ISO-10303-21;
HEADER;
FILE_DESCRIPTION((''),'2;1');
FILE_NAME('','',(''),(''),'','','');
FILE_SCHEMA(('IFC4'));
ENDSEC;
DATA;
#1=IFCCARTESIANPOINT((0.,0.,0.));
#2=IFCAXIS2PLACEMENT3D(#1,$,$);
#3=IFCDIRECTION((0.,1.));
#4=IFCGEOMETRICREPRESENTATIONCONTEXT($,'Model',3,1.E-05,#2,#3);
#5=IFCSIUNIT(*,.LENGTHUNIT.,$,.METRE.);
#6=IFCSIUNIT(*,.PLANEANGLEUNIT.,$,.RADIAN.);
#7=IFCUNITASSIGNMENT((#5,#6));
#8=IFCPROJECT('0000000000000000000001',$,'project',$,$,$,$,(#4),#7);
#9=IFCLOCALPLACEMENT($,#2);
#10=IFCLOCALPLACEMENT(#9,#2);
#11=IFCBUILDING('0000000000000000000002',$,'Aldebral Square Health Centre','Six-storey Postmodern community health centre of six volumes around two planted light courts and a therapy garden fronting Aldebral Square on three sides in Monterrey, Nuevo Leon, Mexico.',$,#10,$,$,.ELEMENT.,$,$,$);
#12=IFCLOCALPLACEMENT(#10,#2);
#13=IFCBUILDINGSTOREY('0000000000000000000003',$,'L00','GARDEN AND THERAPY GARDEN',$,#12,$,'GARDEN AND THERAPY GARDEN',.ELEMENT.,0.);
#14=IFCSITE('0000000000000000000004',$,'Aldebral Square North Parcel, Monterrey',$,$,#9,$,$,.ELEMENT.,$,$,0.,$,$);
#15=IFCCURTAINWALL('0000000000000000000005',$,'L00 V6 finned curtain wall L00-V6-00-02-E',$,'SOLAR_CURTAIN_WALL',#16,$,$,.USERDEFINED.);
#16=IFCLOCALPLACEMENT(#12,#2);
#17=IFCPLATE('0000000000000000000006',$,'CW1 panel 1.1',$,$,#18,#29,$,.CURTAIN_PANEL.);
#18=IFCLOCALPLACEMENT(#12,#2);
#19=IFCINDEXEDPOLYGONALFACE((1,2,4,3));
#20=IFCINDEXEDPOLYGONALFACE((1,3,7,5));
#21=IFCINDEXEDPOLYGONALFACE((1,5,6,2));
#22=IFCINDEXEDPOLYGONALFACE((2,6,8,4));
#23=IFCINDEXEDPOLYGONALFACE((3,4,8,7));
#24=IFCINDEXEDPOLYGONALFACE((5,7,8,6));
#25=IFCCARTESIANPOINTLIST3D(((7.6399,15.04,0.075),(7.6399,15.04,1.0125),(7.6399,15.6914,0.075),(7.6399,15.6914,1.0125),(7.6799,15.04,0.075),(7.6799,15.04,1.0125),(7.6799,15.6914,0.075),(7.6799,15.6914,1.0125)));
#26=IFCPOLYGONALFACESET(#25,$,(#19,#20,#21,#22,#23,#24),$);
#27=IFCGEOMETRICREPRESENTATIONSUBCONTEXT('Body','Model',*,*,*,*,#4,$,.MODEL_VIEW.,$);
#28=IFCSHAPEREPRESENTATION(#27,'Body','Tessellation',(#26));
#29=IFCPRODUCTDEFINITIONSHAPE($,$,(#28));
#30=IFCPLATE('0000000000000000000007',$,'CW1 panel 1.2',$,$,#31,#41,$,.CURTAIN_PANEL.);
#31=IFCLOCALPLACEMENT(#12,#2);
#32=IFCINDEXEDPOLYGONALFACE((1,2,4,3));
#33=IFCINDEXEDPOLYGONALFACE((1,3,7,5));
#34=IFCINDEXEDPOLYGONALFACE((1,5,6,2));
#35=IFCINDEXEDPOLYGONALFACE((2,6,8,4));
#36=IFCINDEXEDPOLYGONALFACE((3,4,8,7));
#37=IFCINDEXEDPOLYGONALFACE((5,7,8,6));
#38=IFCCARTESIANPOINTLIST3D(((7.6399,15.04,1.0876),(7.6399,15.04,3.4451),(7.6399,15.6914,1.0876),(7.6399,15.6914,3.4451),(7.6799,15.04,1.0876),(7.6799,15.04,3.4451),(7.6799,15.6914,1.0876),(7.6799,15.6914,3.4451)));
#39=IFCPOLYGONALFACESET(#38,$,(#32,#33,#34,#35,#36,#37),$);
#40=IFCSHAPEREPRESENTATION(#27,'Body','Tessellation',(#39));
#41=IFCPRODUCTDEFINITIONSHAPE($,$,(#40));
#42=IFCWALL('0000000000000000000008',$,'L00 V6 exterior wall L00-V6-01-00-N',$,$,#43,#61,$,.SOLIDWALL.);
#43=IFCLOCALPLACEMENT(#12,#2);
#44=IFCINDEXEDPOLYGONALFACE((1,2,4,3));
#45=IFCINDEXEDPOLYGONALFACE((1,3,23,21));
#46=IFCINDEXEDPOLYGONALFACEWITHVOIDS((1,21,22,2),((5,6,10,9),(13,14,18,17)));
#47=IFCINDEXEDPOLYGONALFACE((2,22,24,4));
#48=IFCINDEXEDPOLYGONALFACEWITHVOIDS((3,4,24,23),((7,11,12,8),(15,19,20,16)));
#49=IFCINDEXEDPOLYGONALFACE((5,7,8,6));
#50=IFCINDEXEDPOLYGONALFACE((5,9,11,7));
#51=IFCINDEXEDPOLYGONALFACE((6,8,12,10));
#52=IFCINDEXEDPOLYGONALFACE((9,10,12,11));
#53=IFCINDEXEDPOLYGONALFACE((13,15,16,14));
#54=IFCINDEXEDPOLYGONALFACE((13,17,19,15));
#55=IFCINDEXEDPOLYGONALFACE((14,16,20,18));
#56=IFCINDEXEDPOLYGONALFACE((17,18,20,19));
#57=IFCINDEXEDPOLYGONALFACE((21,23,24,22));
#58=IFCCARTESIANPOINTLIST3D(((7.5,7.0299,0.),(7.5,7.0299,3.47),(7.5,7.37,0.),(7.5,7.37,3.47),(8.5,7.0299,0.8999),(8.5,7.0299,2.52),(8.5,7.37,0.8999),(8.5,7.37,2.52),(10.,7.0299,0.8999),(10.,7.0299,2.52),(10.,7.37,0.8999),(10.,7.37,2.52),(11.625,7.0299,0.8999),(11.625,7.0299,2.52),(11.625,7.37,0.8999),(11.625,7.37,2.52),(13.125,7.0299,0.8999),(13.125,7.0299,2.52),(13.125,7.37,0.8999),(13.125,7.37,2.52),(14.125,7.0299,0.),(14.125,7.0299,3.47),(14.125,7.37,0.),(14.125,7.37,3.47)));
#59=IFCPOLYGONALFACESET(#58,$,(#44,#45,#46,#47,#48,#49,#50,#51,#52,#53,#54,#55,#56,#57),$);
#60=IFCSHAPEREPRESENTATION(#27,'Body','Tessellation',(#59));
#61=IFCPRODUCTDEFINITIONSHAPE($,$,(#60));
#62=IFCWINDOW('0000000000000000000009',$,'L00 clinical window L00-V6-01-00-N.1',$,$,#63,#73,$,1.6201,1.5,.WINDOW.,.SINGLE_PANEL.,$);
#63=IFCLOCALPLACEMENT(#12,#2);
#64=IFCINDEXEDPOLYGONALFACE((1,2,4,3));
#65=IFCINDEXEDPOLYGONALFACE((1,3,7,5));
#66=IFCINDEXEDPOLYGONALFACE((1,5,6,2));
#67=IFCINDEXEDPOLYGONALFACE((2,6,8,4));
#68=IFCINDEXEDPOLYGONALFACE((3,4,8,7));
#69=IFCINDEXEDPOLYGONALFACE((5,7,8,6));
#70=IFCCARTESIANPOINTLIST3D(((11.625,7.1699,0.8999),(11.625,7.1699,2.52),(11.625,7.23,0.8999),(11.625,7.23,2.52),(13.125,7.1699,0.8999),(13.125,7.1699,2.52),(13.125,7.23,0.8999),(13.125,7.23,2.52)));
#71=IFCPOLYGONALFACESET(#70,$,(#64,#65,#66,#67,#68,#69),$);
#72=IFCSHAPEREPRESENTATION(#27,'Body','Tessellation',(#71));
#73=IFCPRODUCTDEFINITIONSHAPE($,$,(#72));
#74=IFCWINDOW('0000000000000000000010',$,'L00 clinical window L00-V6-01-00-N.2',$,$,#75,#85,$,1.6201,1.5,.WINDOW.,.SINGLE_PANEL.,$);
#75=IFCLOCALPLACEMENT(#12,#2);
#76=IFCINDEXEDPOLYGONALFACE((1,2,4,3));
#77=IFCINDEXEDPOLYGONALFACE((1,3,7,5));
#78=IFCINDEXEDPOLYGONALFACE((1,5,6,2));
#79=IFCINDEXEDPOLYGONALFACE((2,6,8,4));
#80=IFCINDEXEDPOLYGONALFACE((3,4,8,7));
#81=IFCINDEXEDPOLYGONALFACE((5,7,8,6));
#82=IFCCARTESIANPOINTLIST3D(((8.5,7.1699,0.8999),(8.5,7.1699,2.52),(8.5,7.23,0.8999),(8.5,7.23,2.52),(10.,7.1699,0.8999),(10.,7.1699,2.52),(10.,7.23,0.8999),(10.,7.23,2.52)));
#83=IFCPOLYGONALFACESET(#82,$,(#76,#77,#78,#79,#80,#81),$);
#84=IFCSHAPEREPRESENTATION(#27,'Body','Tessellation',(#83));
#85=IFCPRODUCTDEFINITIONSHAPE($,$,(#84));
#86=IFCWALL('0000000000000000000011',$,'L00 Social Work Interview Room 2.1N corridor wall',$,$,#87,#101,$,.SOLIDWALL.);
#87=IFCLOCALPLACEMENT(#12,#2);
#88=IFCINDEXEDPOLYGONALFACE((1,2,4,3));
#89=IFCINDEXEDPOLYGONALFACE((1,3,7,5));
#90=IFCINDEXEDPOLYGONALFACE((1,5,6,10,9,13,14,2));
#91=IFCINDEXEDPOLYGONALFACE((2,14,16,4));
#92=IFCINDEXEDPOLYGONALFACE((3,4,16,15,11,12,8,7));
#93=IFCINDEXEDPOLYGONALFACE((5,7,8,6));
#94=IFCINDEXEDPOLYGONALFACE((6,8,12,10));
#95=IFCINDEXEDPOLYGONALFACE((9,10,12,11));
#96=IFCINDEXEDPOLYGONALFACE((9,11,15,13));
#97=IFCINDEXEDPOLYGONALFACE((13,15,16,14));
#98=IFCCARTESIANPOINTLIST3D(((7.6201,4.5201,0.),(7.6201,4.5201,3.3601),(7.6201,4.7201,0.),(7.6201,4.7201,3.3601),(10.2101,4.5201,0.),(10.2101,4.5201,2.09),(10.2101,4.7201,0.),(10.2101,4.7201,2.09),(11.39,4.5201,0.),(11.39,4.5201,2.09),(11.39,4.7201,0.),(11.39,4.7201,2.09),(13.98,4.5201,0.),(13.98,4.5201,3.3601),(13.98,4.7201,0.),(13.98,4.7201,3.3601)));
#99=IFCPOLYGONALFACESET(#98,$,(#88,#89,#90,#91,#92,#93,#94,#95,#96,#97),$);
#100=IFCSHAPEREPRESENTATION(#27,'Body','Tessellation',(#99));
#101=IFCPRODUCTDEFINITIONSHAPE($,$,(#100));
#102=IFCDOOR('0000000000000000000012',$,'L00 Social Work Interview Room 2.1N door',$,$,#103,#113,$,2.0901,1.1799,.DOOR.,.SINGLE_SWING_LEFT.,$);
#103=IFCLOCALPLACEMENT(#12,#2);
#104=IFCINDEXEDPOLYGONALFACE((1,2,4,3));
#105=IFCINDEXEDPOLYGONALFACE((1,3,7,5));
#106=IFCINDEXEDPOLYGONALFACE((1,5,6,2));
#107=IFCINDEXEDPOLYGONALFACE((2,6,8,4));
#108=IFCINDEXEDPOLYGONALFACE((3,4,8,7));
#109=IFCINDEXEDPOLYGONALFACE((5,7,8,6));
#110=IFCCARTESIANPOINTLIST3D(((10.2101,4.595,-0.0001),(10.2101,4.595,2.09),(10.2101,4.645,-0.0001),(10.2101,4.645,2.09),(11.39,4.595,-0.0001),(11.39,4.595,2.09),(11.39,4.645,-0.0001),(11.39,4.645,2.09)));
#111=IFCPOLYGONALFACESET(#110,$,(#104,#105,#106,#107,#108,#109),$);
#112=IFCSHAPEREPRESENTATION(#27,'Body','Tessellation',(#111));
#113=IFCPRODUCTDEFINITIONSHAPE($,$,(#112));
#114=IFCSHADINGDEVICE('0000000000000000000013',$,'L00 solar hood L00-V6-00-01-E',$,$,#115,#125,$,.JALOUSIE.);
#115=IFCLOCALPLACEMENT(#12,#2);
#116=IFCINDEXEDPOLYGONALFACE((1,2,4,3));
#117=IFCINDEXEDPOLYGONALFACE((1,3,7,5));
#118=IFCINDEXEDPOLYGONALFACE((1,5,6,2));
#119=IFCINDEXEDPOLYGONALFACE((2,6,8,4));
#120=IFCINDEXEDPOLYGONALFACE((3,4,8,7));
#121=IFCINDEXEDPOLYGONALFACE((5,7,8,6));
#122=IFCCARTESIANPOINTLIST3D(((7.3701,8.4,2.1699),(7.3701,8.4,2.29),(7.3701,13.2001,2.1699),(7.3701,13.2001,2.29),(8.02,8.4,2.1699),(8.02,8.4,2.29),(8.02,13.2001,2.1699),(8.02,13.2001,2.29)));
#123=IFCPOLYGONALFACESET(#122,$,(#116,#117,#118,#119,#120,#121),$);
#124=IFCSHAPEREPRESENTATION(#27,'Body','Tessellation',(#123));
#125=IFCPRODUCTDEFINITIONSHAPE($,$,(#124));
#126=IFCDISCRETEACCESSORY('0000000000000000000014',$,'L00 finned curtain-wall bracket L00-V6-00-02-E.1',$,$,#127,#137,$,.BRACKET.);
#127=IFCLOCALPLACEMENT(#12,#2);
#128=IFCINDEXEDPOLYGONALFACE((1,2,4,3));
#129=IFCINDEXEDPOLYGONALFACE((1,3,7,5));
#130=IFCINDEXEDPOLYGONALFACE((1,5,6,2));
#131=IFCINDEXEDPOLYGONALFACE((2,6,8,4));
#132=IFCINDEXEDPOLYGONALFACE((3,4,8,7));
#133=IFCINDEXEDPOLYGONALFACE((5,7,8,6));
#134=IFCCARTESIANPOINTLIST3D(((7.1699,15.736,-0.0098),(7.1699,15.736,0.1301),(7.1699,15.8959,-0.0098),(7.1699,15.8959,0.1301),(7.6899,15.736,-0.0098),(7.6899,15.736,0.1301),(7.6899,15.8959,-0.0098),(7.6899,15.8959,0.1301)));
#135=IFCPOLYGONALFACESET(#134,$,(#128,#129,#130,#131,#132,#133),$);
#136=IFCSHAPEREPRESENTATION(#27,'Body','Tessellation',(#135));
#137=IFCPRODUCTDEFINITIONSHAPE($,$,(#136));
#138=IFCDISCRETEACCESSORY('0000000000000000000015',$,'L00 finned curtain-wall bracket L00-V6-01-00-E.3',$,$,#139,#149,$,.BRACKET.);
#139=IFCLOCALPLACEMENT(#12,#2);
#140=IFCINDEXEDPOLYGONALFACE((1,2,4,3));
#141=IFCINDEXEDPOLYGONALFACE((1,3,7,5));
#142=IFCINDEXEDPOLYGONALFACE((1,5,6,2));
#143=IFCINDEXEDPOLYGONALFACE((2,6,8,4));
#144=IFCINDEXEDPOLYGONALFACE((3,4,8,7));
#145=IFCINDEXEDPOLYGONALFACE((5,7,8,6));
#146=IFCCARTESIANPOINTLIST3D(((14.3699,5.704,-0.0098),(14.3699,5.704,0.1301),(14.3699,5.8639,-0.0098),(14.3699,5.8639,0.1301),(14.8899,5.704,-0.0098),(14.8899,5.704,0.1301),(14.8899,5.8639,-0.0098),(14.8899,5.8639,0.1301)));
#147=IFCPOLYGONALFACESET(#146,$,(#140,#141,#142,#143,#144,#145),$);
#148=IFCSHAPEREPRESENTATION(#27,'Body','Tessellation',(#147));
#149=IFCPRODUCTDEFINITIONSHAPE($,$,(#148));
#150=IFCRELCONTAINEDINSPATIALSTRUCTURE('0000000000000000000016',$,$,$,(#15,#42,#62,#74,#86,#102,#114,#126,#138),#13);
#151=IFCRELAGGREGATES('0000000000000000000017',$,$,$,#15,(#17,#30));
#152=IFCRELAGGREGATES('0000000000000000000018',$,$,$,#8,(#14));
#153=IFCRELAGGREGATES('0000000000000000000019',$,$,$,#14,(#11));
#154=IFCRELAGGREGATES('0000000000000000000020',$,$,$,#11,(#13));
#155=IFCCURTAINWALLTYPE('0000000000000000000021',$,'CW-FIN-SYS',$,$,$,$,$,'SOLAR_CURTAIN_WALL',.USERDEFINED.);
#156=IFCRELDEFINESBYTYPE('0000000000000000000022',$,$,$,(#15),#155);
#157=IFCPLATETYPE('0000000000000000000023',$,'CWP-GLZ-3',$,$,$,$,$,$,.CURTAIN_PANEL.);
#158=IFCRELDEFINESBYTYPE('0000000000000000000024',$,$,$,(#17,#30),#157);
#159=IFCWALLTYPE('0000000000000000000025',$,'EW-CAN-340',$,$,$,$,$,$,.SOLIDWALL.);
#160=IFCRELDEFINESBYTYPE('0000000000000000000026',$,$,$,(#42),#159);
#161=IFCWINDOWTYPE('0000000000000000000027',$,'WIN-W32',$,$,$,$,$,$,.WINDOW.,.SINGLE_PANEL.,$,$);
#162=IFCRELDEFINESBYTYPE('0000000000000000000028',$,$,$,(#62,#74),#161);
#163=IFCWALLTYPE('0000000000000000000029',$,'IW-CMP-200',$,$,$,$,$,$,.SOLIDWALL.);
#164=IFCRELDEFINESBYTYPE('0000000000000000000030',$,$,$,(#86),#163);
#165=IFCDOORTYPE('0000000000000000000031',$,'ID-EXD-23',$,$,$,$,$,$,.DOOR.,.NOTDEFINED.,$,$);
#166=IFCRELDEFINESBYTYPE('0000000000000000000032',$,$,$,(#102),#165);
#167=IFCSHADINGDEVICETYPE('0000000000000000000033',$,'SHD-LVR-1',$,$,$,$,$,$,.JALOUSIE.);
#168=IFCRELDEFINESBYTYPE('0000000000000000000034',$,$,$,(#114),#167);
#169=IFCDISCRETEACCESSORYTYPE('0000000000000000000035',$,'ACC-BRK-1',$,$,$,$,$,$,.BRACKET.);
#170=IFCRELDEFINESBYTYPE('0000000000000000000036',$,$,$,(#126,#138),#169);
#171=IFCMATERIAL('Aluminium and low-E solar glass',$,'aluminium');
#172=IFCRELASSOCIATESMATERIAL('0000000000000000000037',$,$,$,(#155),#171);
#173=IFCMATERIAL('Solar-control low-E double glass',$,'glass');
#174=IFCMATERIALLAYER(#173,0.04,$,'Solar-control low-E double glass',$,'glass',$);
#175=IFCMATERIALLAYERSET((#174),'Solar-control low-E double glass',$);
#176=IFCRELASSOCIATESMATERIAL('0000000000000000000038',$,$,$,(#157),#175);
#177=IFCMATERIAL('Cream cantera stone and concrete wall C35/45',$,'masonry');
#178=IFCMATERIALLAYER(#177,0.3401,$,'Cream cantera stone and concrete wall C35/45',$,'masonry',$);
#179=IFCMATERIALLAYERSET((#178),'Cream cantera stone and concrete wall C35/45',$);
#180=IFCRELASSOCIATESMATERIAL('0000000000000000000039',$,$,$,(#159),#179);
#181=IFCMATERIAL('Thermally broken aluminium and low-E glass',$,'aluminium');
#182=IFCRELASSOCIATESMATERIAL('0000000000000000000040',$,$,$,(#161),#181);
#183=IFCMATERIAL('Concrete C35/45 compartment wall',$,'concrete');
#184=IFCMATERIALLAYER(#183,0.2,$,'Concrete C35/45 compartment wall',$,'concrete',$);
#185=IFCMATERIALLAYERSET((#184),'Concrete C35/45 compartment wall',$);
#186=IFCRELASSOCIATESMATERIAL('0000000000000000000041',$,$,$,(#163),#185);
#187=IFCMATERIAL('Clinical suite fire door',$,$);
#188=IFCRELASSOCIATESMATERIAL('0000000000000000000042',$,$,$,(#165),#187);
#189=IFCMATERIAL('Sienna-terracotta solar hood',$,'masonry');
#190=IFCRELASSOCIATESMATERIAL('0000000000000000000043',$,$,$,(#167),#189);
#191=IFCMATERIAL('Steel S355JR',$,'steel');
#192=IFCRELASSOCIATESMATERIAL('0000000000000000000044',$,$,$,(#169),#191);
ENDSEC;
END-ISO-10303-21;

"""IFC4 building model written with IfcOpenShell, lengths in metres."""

from ifc_helpers import new_model, si_unit, direction, frame, frame_2d, origin, origin_2d, place, context, subcontext, project, spatial, rectangle, extrude, material, layer, layer_set, type_object, element, fill, aggregate, save


model = new_model("IFC4")

# Units and contexts
model_context = context("Model", 3, precision=1e-05, world=origin(), true_north=direction((0.0, 1.0)))
body_context = subcontext(model_context, "Body", "Model", "MODEL_VIEW")
ifc_project = project(units=[si_unit("LENGTHUNIT", "METRE"), si_unit("PLANEANGLEUNIT", "RADIAN")], contexts=[model_context])

# Site, building, storey
site_placement = place(None, origin())
site = spatial("IfcSite", under=ifc_project, at=site_placement, Name="Aldebral Square North Parcel, Monterrey", CompositionType="ELEMENT", RefElevation=0.0)
building_placement = place(site_placement, origin())
building = spatial("IfcBuilding", under=site, at=building_placement, Name="Aldebral Square Health Centre", Description="Six-storey Postmodern community health centre of six volumes around two planted light courts and a therapy garden fronting Aldebral Square on three sides in Monterrey, Nuevo Leon, Mexico.", CompositionType="ELEMENT")
storey_placement = place(building_placement, origin())
storey = spatial("IfcBuildingStorey", under=building, at=storey_placement, Name="L00", Description="GARDEN AND THERAPY GARDEN", LongName="GARDEN AND THERAPY GARDEN", CompositionType="ELEMENT", Elevation=0.0)

# Curtain wall
ifc_material_1 = material(Name="Aluminium and low-E solar glass", Category="aluminium")
curtain_wall_type = type_object("IfcCurtainWallType", Name="CW-FIN-SYS", ElementType="SOLAR_CURTAIN_WALL", PredefinedType="USERDEFINED", material=ifc_material_1)
curtain_wall_1_placement = place(storey_placement, origin())
curtain_wall_1 = element("IfcCurtainWall", 1, at=curtain_wall_1_placement, inside=storey, type_object=curtain_wall_type, Name="L00 V6 finned curtain wall L00-V6-00-02-E", ObjectType="SOLAR_CURTAIN_WALL", PredefinedType="USERDEFINED")

# Plates
ifc_material_2 = material(Name="Solar-control low-E double glass", Category="glass")
ifc_layer_1 = layer(ifc_material_2, 0.04, Name="Solar-control low-E double glass", Category="glass")
ifc_layer_set_1 = layer_set([ifc_layer_1], Name="Solar-control low-E double glass")
plate_type = type_object("IfcPlateType", Name="CWP-GLZ-3", PredefinedType="CURTAIN_PANEL", material=ifc_layer_set_1)
plate_1_placement = place(storey_placement, frame((7.6599, 15.3657, 0.075), z_axis=(0.0, 0.0, 1.0), x_axis=(0.0, 1.0, 0.0)))
plate_1 = element("IfcPlate", 2, at=plate_1_placement, type_object=plate_type, Name="CW1 panel 1.1", PredefinedType="CURTAIN_PANEL", context=body_context, shape_type="SweptSolid", body=[
    extrude(rectangle(XDim=0.6514, YDim=0.04, at=origin_2d()), origin(), (0.0, 0.0, 1.0), 0.9375),
])
plate_2_placement = place(storey_placement, frame((7.6599, 15.3657, 1.0876), z_axis=(0.0, 0.0, 1.0), x_axis=(0.0, 1.0, 0.0)))
plate_2 = element("IfcPlate", 3, at=plate_2_placement, type_object=plate_type, Name="CW1 panel 1.2", PredefinedType="CURTAIN_PANEL", context=body_context, shape_type="SweptSolid", body=[
    extrude(rectangle(XDim=0.6514, YDim=0.04, at=origin_2d()), origin(), (0.0, 0.0, 1.0), 2.3574),
])
aggregate(curtain_wall_1, [plate_1, plate_2])

# Wall, openings, windows
ifc_material_3 = material(Name="Cream cantera stone and concrete wall C35/45", Category="masonry")
ifc_layer_2 = layer(ifc_material_3, 0.3401, Name="Cream cantera stone and concrete wall C35/45", Category="masonry")
ifc_layer_set_2 = layer_set([ifc_layer_2], Name="Cream cantera stone and concrete wall C35/45")
wall_type_1 = type_object("IfcWallType", Name="EW-CAN-340", PredefinedType="SOLIDWALL", material=ifc_layer_set_2)
wall_1_placement = place(storey_placement, frame((14.125, 7.2, 0.0), z_axis=(0.0, 0.0, 1.0), x_axis=(-1.0, 0.0, 0.0)))
wall_1 = element("IfcWall", 4, at=wall_1_placement, inside=storey, type_object=wall_type_1, Name="L00 V6 exterior wall L00-V6-01-00-N", PredefinedType="SOLIDWALL", context=body_context, shape_type="SweptSolid", body=[
    extrude(rectangle(XDim=6.625, YDim=0.3401, at=frame_2d((3.3125, 0.0))), origin(), (0.0, 0.0, 1.0), 3.47),
])
opening_1_placement = place(wall_1_placement, frame((1.0, 0.0, 0.8999)))
opening_1 = element("IfcOpeningElement", 5, at=opening_1_placement, cuts=wall_1, PredefinedType="OPENING", context=body_context, shape_type="SweptSolid", body=[
    extrude(rectangle(XDim=1.5, YDim=1.6201, at=frame_2d((0.75, 0.8101))), frame((0.0, 0.1802, 0.0), z_axis=(0.0, -1.0, 0.0), x_axis=(1.0, 0.0, 0.0)), (0.0, 0.0, 1.0), 0.3601),
])
opening_2_placement = place(wall_1_placement, frame((4.125, 0.0, 0.8999)))
opening_2 = element("IfcOpeningElement", 6, at=opening_2_placement, cuts=wall_1, PredefinedType="OPENING", context=body_context, shape_type="SweptSolid", body=[
    extrude(rectangle(XDim=1.5, YDim=1.6201, at=frame_2d((0.75, 0.8101))), frame((0.0, 0.1802, 0.0), z_axis=(0.0, -1.0, 0.0), x_axis=(1.0, 0.0, 0.0)), (0.0, 0.0, 1.0), 0.3601),
])
ifc_material_4 = material(Name="Thermally broken aluminium and low-E glass", Category="aluminium")
window_type = type_object("IfcWindowType", Name="WIN-W32", PartitioningType="SINGLE_PANEL", PredefinedType="WINDOW", material=ifc_material_4)
window_1_placement = place(opening_1_placement, origin())
window_1 = element("IfcWindow", 7, at=window_1_placement, inside=storey, type_object=window_type, Name="L00 clinical window L00-V6-01-00-N.1", OverallHeight=1.6201, OverallWidth=1.5, PartitioningType="SINGLE_PANEL", PredefinedType="WINDOW", context=body_context, shape_type="SweptSolid", body=[
    extrude(rectangle(XDim=1.5, YDim=1.6201, at=frame_2d((0.75, 0.8101))), frame((0.0, 0.03, 0.0), z_axis=(0.0, -1.0, 0.0), x_axis=(1.0, 0.0, 0.0)), (0.0, 0.0, 1.0), 0.0601),
])
fill(opening_1, window_1)
window_2_placement = place(opening_2_placement, origin())
window_2 = element("IfcWindow", 8, at=window_2_placement, inside=storey, type_object=window_type, Name="L00 clinical window L00-V6-01-00-N.2", OverallHeight=1.6201, OverallWidth=1.5, PartitioningType="SINGLE_PANEL", PredefinedType="WINDOW", context=body_context, shape_type="SweptSolid", body=[
    extrude(rectangle(XDim=1.5, YDim=1.6201, at=frame_2d((0.75, 0.8101))), frame((0.0, 0.03, 0.0), z_axis=(0.0, -1.0, 0.0), x_axis=(1.0, 0.0, 0.0)), (0.0, 0.0, 1.0), 0.0601),
])
fill(opening_2, window_2)

# Wall, opening, door
ifc_material_5 = material(Name="Concrete C35/45 compartment wall", Category="concrete")
ifc_layer_3 = layer(ifc_material_5, 0.2, Name="Concrete C35/45 compartment wall", Category="concrete")
ifc_layer_set_3 = layer_set([ifc_layer_3], Name="Concrete C35/45 compartment wall")
wall_type_2 = type_object("IfcWallType", Name="IW-CMP-200", PredefinedType="SOLIDWALL", material=ifc_layer_set_3)
wall_2_placement = place(storey_placement, frame((7.6201, 4.6201, 0.0), z_axis=(0.0, 0.0, 1.0), x_axis=(1.0, 0.0, 0.0)))
wall_2 = element("IfcWall", 9, at=wall_2_placement, inside=storey, type_object=wall_type_2, Name="L00 Social Work Interview Room 2.1N corridor wall", PredefinedType="SOLIDWALL", context=body_context, shape_type="SweptSolid", body=[
    extrude(rectangle(XDim=6.3599, YDim=0.2, at=frame_2d((3.1799, 0.0))), origin(), (0.0, 0.0, 1.0), 3.3601),
])
opening_3_placement = place(wall_2_placement, frame((2.5901, 0.0, 0.0)))
opening_3 = element("IfcOpeningElement", 10, at=opening_3_placement, cuts=wall_2, PredefinedType="OPENING", context=body_context, shape_type="SweptSolid", body=[
    extrude(rectangle(XDim=1.1799, YDim=2.0901, at=frame_2d((0.5898, 1.0449))), frame((0.0, 0.1099, 0.0), z_axis=(0.0, -1.0, 0.0), x_axis=(1.0, 0.0, 0.0)), (0.0, 0.0, 1.0), 0.22),
])
ifc_material_6 = material(Name="Clinical suite fire door")
door_type = type_object("IfcDoorType", Name="ID-EXD-23", OperationType="NOTDEFINED", PredefinedType="DOOR", material=ifc_material_6)
door_placement = place(opening_3_placement, origin())
door = element("IfcDoor", 11, at=door_placement, inside=storey, type_object=door_type, Name="L00 Social Work Interview Room 2.1N door", OperationType="SINGLE_SWING_LEFT", OverallHeight=2.0901, OverallWidth=1.1799, PredefinedType="DOOR", context=body_context, shape_type="SweptSolid", body=[
    extrude(rectangle(XDim=1.1799, YDim=2.0901, at=frame_2d((0.5898, 1.0449))), frame((0.0, 0.0249, 0.0), z_axis=(0.0, -1.0, 0.0), x_axis=(1.0, 0.0, 0.0)), (0.0, 0.0, 1.0), 0.05),
])
fill(opening_3, door)

# Shading device
ifc_material_7 = material(Name="Sienna-terracotta solar hood", Category="masonry")
shading_device_type = type_object("IfcShadingDeviceType", Name="SHD-LVR-1", PredefinedType="JALOUSIE", material=ifc_material_7)
shading_device_placement = place(storey_placement, frame((7.6951, 10.8, 2.1699), z_axis=(0.0, 0.0, 1.0), x_axis=(0.0, 1.0, 0.0)))
element("IfcShadingDevice", 12, at=shading_device_placement, inside=storey, type_object=shading_device_type, Name="L00 solar hood L00-V6-00-01-E", PredefinedType="JALOUSIE", context=body_context, shape_type="SweptSolid", body=[
    extrude(rectangle(XDim=4.8, YDim=0.6499, at=origin_2d()), origin(), (0.0, 0.0, 1.0), 0.1201),
])

# Discrete accessories
ifc_material_8 = material(Name="Steel S355JR", Category="steel")
discrete_accessory_type = type_object("IfcDiscreteAccessoryType", Name="ACC-BRK-1", PredefinedType="BRACKET", material=ifc_material_8)
for number, where, z_axis, x_axis, name in (
    (13, (7.4299, 15.8159, -0.0098), (0.0, 0.0, 1.0), (0.0, 1.0, 0.0), "L00 finned curtain-wall bracket L00-V6-00-02-E.1"),
    (14, (14.6299, 5.7839, -0.0098), (0.0, 0.0, 1.0), (0.0, 1.0, 0.0), "L00 finned curtain-wall bracket L00-V6-01-00-E.3"),
):
    element("IfcDiscreteAccessory", number, at=place(storey_placement, frame(where, z_axis=z_axis, x_axis=x_axis)), inside=storey, type_object=discrete_accessory_type, Name=name, PredefinedType="BRACKET", context=body_context, shape_type="SweptSolid", body=[
        extrude(rectangle(XDim=0.1599, YDim=0.52, at=origin_2d()), origin(), (0.0, 0.0, 1.0), 0.1399),
    ])

save(model, "model.ifc")
